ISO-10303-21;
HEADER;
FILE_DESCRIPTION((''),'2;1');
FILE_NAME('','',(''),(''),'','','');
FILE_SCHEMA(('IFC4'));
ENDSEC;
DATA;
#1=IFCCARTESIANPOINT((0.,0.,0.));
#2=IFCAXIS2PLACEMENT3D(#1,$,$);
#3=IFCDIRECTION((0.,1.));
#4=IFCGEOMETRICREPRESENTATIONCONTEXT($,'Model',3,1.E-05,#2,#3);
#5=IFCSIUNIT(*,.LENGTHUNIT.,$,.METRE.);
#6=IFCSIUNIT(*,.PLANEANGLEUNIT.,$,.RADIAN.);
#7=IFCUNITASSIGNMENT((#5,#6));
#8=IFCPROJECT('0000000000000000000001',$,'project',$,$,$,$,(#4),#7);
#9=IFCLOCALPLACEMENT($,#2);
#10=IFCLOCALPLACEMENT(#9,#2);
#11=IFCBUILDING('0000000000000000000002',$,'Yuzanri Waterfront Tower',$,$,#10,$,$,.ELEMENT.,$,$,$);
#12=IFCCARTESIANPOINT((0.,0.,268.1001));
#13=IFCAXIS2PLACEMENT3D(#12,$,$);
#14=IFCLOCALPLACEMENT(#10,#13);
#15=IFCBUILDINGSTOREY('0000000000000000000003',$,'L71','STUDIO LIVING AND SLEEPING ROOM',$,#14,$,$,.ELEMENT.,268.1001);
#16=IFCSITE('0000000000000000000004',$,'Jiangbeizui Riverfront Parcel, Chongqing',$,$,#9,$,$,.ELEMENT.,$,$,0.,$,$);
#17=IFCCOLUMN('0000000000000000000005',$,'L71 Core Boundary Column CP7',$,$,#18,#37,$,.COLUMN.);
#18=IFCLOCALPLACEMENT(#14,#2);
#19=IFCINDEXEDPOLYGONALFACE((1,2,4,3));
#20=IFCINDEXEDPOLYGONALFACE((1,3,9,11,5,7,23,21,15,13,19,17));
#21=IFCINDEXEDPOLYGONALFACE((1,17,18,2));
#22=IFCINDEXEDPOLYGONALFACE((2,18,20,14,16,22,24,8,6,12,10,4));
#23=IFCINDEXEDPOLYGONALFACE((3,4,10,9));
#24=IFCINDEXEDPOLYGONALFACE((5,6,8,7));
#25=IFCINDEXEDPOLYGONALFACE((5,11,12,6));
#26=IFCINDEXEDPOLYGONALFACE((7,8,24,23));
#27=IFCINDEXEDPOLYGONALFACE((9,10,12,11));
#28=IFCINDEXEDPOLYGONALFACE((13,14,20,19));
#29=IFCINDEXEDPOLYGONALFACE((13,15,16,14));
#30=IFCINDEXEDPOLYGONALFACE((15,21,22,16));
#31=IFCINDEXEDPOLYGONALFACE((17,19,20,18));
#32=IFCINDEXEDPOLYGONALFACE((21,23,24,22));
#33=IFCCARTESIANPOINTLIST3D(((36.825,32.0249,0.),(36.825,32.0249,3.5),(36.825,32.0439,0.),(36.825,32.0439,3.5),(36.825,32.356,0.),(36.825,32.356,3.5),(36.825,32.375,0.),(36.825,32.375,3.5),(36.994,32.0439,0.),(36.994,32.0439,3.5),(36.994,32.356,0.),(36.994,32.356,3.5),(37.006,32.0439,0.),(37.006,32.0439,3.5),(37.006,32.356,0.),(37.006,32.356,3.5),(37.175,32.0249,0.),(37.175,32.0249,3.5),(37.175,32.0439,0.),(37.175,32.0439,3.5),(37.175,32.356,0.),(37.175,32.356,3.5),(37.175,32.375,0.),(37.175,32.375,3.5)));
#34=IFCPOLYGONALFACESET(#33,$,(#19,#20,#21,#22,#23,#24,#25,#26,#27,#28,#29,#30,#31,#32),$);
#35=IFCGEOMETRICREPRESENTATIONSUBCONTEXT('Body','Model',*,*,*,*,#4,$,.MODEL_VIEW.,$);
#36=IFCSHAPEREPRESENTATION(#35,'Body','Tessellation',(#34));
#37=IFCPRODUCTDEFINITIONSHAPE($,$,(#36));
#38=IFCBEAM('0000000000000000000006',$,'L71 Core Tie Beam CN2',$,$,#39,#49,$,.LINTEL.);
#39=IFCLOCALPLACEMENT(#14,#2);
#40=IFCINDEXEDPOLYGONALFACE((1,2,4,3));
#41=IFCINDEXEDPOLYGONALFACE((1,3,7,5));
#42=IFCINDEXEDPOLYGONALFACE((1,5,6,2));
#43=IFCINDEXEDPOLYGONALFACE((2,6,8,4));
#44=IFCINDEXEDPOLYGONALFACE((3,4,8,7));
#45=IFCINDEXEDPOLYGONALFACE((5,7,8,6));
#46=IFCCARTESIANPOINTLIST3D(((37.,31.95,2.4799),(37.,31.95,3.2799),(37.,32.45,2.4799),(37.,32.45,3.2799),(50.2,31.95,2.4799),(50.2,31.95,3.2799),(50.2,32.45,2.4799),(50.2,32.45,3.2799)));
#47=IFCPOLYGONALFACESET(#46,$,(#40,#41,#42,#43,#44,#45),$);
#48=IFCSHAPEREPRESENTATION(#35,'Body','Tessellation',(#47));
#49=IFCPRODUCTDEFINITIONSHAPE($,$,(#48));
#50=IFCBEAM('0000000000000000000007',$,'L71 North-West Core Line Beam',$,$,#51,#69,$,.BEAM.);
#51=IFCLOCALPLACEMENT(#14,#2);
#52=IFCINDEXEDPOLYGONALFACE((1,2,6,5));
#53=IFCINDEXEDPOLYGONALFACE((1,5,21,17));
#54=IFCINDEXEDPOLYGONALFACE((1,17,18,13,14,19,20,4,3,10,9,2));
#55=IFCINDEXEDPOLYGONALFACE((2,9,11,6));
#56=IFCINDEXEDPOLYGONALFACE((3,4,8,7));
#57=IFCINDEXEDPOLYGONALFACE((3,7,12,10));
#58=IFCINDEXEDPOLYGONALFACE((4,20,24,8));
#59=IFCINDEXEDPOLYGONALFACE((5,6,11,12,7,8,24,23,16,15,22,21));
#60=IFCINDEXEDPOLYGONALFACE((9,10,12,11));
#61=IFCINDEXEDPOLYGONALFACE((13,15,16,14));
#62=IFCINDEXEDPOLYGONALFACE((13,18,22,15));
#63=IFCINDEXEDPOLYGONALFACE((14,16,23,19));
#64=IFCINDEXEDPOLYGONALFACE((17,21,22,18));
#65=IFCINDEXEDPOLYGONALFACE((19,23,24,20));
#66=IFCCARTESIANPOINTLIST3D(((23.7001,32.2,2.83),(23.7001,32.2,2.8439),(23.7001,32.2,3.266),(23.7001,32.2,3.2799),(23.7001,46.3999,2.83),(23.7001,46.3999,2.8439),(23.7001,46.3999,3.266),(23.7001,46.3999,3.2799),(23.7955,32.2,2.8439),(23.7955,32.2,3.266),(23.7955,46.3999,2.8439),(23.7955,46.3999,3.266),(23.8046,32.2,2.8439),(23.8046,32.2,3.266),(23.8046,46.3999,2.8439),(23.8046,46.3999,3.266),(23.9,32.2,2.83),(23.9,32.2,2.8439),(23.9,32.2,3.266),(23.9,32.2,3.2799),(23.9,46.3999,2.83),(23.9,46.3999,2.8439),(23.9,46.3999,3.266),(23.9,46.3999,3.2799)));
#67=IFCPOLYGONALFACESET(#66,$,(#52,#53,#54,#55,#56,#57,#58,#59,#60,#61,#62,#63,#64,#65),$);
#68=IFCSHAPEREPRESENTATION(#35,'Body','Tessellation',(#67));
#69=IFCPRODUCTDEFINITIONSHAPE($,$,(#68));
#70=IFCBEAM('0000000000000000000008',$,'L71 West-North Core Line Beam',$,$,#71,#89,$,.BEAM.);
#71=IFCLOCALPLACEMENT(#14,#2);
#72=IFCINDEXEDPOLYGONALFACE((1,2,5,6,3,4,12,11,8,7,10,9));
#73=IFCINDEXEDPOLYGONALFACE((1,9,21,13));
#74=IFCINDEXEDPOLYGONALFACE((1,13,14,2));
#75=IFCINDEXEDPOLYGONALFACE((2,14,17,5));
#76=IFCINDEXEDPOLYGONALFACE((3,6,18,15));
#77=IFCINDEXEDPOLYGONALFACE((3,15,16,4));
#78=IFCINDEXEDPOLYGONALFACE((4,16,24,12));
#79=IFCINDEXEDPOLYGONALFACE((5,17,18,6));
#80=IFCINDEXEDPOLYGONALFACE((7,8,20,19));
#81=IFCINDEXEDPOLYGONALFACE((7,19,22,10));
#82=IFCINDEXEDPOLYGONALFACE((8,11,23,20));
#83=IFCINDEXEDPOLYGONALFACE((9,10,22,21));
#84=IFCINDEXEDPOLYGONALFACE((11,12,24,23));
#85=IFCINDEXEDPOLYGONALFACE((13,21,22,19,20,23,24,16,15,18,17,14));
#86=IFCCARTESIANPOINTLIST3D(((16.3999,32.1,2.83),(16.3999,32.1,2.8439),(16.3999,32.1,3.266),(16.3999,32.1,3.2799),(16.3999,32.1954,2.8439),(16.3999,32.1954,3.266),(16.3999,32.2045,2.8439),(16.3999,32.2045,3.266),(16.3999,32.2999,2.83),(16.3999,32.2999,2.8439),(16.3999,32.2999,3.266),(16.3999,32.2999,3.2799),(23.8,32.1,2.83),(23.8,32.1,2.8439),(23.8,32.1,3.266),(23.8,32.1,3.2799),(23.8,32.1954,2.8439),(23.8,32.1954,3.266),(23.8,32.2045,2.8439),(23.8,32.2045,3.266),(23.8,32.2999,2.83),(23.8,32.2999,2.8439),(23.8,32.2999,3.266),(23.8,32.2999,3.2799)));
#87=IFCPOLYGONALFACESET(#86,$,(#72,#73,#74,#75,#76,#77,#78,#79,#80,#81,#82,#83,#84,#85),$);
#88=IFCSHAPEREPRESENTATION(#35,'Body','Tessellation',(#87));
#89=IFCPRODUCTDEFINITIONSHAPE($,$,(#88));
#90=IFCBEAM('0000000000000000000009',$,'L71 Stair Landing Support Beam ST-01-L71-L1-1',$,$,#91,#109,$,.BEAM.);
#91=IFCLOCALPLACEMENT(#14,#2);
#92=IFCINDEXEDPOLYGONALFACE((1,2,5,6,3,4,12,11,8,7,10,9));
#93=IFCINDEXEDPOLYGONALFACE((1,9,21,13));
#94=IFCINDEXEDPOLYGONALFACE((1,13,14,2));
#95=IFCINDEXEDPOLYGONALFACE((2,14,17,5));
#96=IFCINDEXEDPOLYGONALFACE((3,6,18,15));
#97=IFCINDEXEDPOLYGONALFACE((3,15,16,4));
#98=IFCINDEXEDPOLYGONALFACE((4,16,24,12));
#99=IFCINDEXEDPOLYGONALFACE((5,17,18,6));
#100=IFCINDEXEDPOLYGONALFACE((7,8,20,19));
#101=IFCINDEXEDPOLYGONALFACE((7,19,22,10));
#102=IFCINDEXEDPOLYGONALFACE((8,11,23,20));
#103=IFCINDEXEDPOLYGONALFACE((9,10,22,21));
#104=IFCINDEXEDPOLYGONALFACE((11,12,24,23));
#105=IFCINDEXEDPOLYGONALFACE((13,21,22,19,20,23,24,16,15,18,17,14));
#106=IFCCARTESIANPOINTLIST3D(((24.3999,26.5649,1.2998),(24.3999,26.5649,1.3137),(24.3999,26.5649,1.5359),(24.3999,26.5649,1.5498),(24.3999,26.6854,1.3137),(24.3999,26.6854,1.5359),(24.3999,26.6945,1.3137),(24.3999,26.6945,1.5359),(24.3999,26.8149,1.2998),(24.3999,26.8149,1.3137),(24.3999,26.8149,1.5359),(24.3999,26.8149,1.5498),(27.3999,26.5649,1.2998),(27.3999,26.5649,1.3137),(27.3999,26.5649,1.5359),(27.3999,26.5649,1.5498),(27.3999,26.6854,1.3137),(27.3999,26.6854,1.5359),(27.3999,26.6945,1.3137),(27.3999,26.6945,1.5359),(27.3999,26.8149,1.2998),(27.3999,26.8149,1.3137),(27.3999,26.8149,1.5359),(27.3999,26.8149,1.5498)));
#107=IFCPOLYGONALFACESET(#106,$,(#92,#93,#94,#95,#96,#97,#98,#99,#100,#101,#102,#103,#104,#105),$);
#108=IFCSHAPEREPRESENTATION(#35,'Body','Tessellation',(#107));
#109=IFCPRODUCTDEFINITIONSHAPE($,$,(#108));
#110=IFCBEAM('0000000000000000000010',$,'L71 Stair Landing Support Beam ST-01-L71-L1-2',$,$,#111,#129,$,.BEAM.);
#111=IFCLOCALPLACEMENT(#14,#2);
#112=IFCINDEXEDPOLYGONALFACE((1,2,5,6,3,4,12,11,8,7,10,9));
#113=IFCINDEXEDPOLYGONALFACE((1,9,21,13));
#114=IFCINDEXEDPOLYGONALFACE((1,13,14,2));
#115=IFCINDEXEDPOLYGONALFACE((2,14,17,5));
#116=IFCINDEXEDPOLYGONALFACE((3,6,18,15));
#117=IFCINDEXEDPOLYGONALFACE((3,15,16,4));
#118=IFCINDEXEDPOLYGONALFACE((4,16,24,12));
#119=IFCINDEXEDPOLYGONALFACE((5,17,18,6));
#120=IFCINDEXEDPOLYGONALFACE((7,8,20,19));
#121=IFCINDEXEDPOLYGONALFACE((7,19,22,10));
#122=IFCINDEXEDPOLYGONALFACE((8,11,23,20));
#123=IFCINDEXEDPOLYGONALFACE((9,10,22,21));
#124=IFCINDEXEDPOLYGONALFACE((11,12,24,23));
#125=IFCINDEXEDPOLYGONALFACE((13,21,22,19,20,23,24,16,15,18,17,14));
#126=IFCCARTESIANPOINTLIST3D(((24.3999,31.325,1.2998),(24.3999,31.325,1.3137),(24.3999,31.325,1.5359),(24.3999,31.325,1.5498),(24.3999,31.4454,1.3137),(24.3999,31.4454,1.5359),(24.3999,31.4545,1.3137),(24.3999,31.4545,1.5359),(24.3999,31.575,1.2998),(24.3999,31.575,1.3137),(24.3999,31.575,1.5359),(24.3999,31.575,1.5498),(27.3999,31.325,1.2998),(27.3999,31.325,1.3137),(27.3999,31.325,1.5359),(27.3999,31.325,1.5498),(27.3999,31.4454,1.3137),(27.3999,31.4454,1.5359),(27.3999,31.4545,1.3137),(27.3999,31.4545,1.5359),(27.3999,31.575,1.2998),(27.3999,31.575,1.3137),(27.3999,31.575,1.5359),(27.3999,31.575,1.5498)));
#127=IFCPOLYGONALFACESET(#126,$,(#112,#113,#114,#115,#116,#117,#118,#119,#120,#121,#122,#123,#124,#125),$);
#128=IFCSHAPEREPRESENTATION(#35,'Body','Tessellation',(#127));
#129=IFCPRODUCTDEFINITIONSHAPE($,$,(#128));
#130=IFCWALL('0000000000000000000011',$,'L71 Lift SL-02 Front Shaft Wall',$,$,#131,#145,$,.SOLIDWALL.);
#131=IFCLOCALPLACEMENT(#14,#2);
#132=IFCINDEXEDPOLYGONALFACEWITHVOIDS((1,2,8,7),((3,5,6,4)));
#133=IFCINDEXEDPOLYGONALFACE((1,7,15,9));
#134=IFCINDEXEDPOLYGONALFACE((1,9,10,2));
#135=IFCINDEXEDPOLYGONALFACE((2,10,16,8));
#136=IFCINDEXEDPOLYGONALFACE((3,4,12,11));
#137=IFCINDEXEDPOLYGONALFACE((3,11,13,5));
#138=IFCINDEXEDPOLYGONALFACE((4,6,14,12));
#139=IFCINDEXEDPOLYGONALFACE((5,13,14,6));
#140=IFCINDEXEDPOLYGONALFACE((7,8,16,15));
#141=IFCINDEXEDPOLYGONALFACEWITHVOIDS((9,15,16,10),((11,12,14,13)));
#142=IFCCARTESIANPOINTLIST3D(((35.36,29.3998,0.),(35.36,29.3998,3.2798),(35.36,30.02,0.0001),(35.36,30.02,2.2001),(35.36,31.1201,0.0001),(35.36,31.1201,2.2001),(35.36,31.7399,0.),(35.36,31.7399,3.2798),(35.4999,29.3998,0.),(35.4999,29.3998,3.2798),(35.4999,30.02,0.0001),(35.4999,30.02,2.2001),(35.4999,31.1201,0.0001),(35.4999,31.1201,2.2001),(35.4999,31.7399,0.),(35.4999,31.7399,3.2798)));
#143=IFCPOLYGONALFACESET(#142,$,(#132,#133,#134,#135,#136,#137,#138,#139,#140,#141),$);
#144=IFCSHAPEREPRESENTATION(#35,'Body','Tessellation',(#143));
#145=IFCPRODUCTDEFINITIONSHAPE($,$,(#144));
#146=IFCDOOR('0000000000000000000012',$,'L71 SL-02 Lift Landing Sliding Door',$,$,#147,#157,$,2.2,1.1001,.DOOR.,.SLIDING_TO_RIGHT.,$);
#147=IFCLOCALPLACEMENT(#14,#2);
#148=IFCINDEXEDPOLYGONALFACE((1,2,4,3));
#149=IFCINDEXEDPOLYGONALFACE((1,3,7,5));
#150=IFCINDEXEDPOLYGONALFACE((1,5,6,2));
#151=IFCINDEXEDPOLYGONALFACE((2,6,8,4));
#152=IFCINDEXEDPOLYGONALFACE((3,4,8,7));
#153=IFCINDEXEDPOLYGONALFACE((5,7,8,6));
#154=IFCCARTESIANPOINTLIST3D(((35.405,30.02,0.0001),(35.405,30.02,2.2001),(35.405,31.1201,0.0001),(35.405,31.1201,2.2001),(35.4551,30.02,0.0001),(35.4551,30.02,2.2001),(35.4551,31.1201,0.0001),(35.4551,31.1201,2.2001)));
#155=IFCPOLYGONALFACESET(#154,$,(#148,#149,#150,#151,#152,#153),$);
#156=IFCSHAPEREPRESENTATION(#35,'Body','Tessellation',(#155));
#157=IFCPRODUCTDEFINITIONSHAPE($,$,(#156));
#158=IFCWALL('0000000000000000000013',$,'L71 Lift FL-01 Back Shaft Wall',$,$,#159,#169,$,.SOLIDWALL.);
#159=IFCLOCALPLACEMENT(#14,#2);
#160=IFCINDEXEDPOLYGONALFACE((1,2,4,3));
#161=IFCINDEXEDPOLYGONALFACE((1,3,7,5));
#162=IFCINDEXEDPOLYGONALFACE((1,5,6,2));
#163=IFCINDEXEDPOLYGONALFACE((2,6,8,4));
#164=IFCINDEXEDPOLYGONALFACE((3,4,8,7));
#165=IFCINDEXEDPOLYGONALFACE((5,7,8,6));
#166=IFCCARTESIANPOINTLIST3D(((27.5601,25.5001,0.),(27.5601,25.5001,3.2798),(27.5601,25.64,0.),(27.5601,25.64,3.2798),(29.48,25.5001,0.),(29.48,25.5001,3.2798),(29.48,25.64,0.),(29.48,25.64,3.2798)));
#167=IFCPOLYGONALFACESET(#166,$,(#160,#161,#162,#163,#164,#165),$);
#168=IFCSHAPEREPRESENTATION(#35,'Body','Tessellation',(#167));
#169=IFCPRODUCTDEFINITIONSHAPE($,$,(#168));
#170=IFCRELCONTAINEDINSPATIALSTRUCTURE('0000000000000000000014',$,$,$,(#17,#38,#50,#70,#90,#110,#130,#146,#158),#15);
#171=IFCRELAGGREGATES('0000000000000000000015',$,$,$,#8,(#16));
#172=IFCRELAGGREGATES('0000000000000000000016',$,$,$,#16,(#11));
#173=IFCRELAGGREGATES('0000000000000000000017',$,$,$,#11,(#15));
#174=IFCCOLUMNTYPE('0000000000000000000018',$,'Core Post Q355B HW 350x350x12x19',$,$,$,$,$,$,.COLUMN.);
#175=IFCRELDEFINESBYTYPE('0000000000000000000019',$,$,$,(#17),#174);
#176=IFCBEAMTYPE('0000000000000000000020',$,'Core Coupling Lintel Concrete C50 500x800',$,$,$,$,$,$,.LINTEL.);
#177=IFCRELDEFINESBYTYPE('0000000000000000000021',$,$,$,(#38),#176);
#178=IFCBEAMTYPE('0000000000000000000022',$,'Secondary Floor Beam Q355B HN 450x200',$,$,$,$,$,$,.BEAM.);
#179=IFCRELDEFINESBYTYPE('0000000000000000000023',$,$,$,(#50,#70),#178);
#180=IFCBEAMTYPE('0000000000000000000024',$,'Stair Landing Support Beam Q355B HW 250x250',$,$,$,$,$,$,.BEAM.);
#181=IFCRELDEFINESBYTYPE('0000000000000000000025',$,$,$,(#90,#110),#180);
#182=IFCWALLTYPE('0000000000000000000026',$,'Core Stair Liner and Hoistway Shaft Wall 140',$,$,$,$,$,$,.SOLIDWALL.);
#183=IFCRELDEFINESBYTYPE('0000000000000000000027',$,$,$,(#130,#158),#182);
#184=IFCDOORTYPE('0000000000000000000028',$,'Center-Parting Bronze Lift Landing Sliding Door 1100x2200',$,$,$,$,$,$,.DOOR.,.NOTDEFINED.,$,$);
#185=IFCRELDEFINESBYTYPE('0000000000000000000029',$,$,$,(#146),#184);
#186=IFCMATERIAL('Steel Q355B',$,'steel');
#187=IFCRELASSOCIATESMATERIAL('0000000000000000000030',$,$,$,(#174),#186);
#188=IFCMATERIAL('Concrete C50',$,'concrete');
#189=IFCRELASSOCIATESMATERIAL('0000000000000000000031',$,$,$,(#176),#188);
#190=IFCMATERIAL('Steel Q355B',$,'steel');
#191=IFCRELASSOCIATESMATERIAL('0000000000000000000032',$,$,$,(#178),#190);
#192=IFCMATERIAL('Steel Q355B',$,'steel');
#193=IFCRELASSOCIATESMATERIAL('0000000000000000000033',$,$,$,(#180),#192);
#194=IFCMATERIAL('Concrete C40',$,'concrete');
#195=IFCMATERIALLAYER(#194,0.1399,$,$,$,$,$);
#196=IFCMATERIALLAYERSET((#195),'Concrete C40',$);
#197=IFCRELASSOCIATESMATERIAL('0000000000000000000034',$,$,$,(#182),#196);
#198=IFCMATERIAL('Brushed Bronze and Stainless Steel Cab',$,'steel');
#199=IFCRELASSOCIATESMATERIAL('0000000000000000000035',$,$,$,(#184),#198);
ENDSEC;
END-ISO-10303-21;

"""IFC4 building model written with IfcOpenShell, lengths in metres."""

from ifc_helpers import new_model, si_unit, direction, frame, frame_2d, origin, origin_2d, place, context, subcontext, project, spatial, rectangle, i_section, extrude, source, transform, mapped, material, layer, layer_set, material_profile, profile_set, type_object, element, fill, save


model = new_model("IFC4")

# Units and contexts
model_context = context("Model", 3, precision=1e-05, world=origin(), true_north=direction((0.0, 1.0)))
body_context = subcontext(model_context, "Body", "Model", "MODEL_VIEW")
ifc_project = project(units=[si_unit("LENGTHUNIT", "METRE"), si_unit("PLANEANGLEUNIT", "RADIAN")], contexts=[model_context])

# Site, building, storey
site_placement = place(None, origin())
site = spatial("IfcSite", under=ifc_project, at=site_placement, Name="Jiangbeizui Riverfront Parcel, Chongqing", CompositionType="ELEMENT", RefElevation=0.0)
building_placement = place(site_placement, origin())
building = spatial("IfcBuilding", under=site, at=building_placement, Name="Yuzanri Waterfront Tower", CompositionType="ELEMENT")
storey_placement = place(building_placement, frame((0.0, 0.0, 268.1001)))
storey = spatial("IfcBuildingStorey", under=building, at=storey_placement, Name="L71", Description="STUDIO LIVING AND SLEEPING ROOM", CompositionType="ELEMENT", Elevation=268.1001)

# Column
ifc_material_1 = material(Name="Steel Q355B", Category="steel")
ifc_material_profile_1 = material_profile(ifc_material_1, i_section(OverallWidth=0.3501, OverallDepth=0.3501, WebThickness=0.012, FlangeThickness=0.019, at=origin_2d()), Name="HW 350x350x12x19")
ifc_profile_set_1 = profile_set([ifc_material_profile_1], Name="Steel Q355B")
column_type = type_object("IfcColumnType", Name="Core Post Q355B HW 350x350x12x19", PredefinedType="COLUMN", material=ifc_profile_set_1)
shared_shape_1 = source(origin(), body_context, "Body", "SweptSolid", [
    extrude(i_section(OverallWidth=0.3501, OverallDepth=0.3501, WebThickness=0.012, FlangeThickness=0.019, at=origin_2d()), origin(), (0.0, 0.0, 1.0), 3.5),
])
column_placement = place(storey_placement, frame((37.0, 32.2, 0.0), z_axis=(0.0, 0.0, 1.0), x_axis=(1.0, 0.0, 0.0)))
element("IfcColumn", 1, at=column_placement, inside=storey, type_object=column_type, Name="L71 Core Boundary Column CP7", PredefinedType="COLUMN", context=body_context, shape_type="MappedRepresentation", body=[
    mapped(shared_shape_1, transform((0.0, 0.0, 0.0), scale=1.0)),
])

# Beams
ifc_material_2 = material(Name="Concrete C50", Category="concrete")
ifc_material_profile_2 = material_profile(ifc_material_2, rectangle(XDim=0.5, YDim=0.8, at=origin_2d()), Name="RC 500x800")
ifc_profile_set_2 = profile_set([ifc_material_profile_2], Name="Concrete C50")
beam_type_1 = type_object("IfcBeamType", Name="Core Coupling Lintel Concrete C50 500x800", PredefinedType="LINTEL", material=ifc_profile_set_2)
shared_shape_2 = source(origin(), body_context, "Body", "SweptSolid", [
    extrude(rectangle(XDim=0.5, YDim=0.8, at=origin_2d()), origin(), (0.0, 0.0, 1.0), 13.2),
])
beam_1_placement = place(storey_placement, frame((37.0, 32.2, 2.8799), z_axis=(1.0, 0.0, 0.0), x_axis=(0.0, 1.0, 0.0)))
element("IfcBeam", 2, at=beam_1_placement, inside=storey, type_object=beam_type_1, Name="L71 Core Tie Beam CN2", PredefinedType="LINTEL", context=body_context, shape_type="MappedRepresentation", body=[
    mapped(shared_shape_2, transform((0.0, 0.0, 0.0), scale=1.0)),
])
ifc_material_3 = material(Name="Steel Q355B", Category="steel")
ifc_material_profile_3 = material_profile(ifc_material_3, i_section(OverallWidth=0.2, OverallDepth=0.45, WebThickness=0.009, FlangeThickness=0.0139, at=origin_2d()), Name="HN 450x200x9x14")
ifc_profile_set_3 = profile_set([ifc_material_profile_3], Name="Steel Q355B")
beam_type_2 = type_object("IfcBeamType", Name="Secondary Floor Beam Q355B HN 450x200", PredefinedType="BEAM", material=ifc_profile_set_3)
shared_shape_3 = source(origin(), body_context, "Body", "SweptSolid", [
    extrude(i_section(OverallWidth=0.2, OverallDepth=0.45, WebThickness=0.009, FlangeThickness=0.0139, at=origin_2d()), origin(), (0.0, 0.0, 1.0), 14.2),
])
beam_2_placement = place(storey_placement, frame((23.8, 32.2, 3.0549), z_axis=(0.0, 1.0, 0.0), x_axis=(-1.0, 0.0, 0.0)))
element("IfcBeam", 3, at=beam_2_placement, inside=storey, type_object=beam_type_2, Name="L71 North-West Core Line Beam", PredefinedType="BEAM", context=body_context, shape_type="MappedRepresentation", body=[
    mapped(shared_shape_3, transform((0.0, 0.0, 0.0), scale=1.0)),
])
shared_shape_4 = source(origin(), body_context, "Body", "SweptSolid", [
    extrude(i_section(OverallWidth=0.2, OverallDepth=0.45, WebThickness=0.009, FlangeThickness=0.0139, at=origin_2d()), origin(), (0.0, 0.0, 1.0), 7.4001),
])
beam_3_placement = place(storey_placement, frame((23.8, 32.2, 3.0549), z_axis=(-1.0, 0.0, 0.0), x_axis=(0.0, -1.0, 0.0)))
element("IfcBeam", 4, at=beam_3_placement, inside=storey, type_object=beam_type_2, Name="L71 West-North Core Line Beam", PredefinedType="BEAM", context=body_context, shape_type="MappedRepresentation", body=[
    mapped(shared_shape_4, transform((0.0, 0.0, 0.0), scale=1.0)),
])
ifc_material_4 = material(Name="Steel Q355B", Category="steel")
ifc_material_profile_4 = material_profile(ifc_material_4, i_section(OverallWidth=0.25, OverallDepth=0.25, WebThickness=0.009, FlangeThickness=0.0139, at=origin_2d()), Name="HW 250x250x9x14")
ifc_profile_set_4 = profile_set([ifc_material_profile_4], Name="Steel Q355B")
beam_type_3 = type_object("IfcBeamType", Name="Stair Landing Support Beam Q355B HW 250x250", PredefinedType="BEAM", material=ifc_profile_set_4)
shared_shape_5 = source(origin(), body_context, "Body", "SweptSolid", [
    extrude(i_section(OverallWidth=0.25, OverallDepth=0.25, WebThickness=0.009, FlangeThickness=0.0139, at=origin_2d()), origin(), (0.0, 0.0, 1.0), 3.0),
])
for number, where, z_axis, x_axis, name in (
    (5, (24.3999, 26.6899, 1.4248), (1.0, 0.0, 0.0), (0.0, 1.0, 0.0), "L71 Stair Landing Support Beam ST-01-L71-L1-1"),
    (6, (24.3999, 31.45, 1.4248), (1.0, 0.0, 0.0), (0.0, 1.0, 0.0), "L71 Stair Landing Support Beam ST-01-L71-L1-2"),
):
    element("IfcBeam", number, at=place(storey_placement, frame(where, z_axis=z_axis, x_axis=x_axis)), inside=storey, type_object=beam_type_3, Name=name, PredefinedType="BEAM", context=body_context, shape_type="MappedRepresentation", body=[
        mapped(shared_shape_5, transform((0.0, 0.0, 0.0), scale=1.0)),
    ])

# Wall, opening, door
ifc_material_5 = material(Name="Concrete C40", Category="concrete")
ifc_layer_1 = layer(ifc_material_5, 0.1399)
ifc_layer_set_1 = layer_set([ifc_layer_1], Name="Concrete C40")
wall_type_1 = type_object("IfcWallType", Name="Core Stair Liner and Hoistway Shaft Wall 140", PredefinedType="SOLIDWALL", material=ifc_layer_set_1)
wall_1_placement = place(storey_placement, frame((35.4299, 29.3999, 0.0), z_axis=(0.0, 0.0, 1.0), x_axis=(0.0, 1.0, 0.0)))
wall_1 = element("IfcWall", 7, at=wall_1_placement, inside=storey, type_object=wall_type_1, Name="L71 Lift SL-02 Front Shaft Wall", PredefinedType="SOLIDWALL", context=body_context, shape_type="SweptSolid", body=[
    extrude(rectangle(XDim=2.3401, YDim=0.1399, at=frame_2d((1.1699, 0.0))), origin(), (0.0, 0.0, 1.0), 3.2798),
])
opening_1_placement = place(wall_1_placement, frame((0.6201, 0.0, 0.0)))
opening_1 = element("IfcOpeningElement", 8, at=opening_1_placement, cuts=wall_1, PredefinedType="OPENING", context=body_context, shape_type="SweptSolid", body=[
    extrude(rectangle(XDim=1.1001, YDim=2.2, at=frame_2d((0.55, 1.1001))), frame((0.0, 0.085, 0.0), z_axis=(0.0, -1.0, 0.0), x_axis=(1.0, 0.0, 0.0)), (0.0, 0.0, 1.0), 0.1697),
])
ifc_material_6 = material(Name="Brushed Bronze and Stainless Steel Cab", Category="steel")
door_type_1 = type_object("IfcDoorType", Name="Center-Parting Bronze Lift Landing Sliding Door 1100x2200", OperationType="NOTDEFINED", PredefinedType="DOOR", material=ifc_material_6)
shared_shape_6 = source(origin(), body_context, "Body", "SweptSolid", [
    extrude(rectangle(XDim=1.1001, YDim=2.2, at=frame_2d((0.55, 1.1001))), frame((0.0, 0.0249, 0.0), z_axis=(0.0, -1.0, 0.0), x_axis=(1.0, 0.0, 0.0)), (0.0, 0.0, 1.0), 0.05),
])
door_1_placement = place(opening_1_placement, origin())
door_1 = element("IfcDoor", 9, at=door_1_placement, inside=storey, type_object=door_type_1, Name="L71 SL-02 Lift Landing Sliding Door", OperationType="SLIDING_TO_RIGHT", OverallHeight=2.2, OverallWidth=1.1001, PredefinedType="DOOR", context=body_context, shape_type="MappedRepresentation", body=[
    mapped(shared_shape_6, transform((0.0, 0.0, 0.0), scale=1.0)),
])
fill(opening_1, door_1)

# Wall
shared_shape_7 = source(origin(), body_context, "Body", "SweptSolid", [
    extrude(rectangle(XDim=1.9199, YDim=0.1399, at=frame_2d((0.96, 0.0))), origin(), (0.0, 0.0, 1.0), 3.2798),
])
wall_2_placement = place(storey_placement, frame((27.5601, 25.5701, 0.0), z_axis=(0.0, 0.0, 1.0), x_axis=(1.0, 0.0, 0.0)))
element("IfcWall", 10, at=wall_2_placement, inside=storey, type_object=wall_type_1, Name="L71 Lift FL-01 Back Shaft Wall", PredefinedType="SOLIDWALL", context=body_context, shape_type="MappedRepresentation", body=[
    mapped(shared_shape_7, transform((0.0, 0.0, 0.0), scale=1.0)),
])

save(model, "model.ifc")
